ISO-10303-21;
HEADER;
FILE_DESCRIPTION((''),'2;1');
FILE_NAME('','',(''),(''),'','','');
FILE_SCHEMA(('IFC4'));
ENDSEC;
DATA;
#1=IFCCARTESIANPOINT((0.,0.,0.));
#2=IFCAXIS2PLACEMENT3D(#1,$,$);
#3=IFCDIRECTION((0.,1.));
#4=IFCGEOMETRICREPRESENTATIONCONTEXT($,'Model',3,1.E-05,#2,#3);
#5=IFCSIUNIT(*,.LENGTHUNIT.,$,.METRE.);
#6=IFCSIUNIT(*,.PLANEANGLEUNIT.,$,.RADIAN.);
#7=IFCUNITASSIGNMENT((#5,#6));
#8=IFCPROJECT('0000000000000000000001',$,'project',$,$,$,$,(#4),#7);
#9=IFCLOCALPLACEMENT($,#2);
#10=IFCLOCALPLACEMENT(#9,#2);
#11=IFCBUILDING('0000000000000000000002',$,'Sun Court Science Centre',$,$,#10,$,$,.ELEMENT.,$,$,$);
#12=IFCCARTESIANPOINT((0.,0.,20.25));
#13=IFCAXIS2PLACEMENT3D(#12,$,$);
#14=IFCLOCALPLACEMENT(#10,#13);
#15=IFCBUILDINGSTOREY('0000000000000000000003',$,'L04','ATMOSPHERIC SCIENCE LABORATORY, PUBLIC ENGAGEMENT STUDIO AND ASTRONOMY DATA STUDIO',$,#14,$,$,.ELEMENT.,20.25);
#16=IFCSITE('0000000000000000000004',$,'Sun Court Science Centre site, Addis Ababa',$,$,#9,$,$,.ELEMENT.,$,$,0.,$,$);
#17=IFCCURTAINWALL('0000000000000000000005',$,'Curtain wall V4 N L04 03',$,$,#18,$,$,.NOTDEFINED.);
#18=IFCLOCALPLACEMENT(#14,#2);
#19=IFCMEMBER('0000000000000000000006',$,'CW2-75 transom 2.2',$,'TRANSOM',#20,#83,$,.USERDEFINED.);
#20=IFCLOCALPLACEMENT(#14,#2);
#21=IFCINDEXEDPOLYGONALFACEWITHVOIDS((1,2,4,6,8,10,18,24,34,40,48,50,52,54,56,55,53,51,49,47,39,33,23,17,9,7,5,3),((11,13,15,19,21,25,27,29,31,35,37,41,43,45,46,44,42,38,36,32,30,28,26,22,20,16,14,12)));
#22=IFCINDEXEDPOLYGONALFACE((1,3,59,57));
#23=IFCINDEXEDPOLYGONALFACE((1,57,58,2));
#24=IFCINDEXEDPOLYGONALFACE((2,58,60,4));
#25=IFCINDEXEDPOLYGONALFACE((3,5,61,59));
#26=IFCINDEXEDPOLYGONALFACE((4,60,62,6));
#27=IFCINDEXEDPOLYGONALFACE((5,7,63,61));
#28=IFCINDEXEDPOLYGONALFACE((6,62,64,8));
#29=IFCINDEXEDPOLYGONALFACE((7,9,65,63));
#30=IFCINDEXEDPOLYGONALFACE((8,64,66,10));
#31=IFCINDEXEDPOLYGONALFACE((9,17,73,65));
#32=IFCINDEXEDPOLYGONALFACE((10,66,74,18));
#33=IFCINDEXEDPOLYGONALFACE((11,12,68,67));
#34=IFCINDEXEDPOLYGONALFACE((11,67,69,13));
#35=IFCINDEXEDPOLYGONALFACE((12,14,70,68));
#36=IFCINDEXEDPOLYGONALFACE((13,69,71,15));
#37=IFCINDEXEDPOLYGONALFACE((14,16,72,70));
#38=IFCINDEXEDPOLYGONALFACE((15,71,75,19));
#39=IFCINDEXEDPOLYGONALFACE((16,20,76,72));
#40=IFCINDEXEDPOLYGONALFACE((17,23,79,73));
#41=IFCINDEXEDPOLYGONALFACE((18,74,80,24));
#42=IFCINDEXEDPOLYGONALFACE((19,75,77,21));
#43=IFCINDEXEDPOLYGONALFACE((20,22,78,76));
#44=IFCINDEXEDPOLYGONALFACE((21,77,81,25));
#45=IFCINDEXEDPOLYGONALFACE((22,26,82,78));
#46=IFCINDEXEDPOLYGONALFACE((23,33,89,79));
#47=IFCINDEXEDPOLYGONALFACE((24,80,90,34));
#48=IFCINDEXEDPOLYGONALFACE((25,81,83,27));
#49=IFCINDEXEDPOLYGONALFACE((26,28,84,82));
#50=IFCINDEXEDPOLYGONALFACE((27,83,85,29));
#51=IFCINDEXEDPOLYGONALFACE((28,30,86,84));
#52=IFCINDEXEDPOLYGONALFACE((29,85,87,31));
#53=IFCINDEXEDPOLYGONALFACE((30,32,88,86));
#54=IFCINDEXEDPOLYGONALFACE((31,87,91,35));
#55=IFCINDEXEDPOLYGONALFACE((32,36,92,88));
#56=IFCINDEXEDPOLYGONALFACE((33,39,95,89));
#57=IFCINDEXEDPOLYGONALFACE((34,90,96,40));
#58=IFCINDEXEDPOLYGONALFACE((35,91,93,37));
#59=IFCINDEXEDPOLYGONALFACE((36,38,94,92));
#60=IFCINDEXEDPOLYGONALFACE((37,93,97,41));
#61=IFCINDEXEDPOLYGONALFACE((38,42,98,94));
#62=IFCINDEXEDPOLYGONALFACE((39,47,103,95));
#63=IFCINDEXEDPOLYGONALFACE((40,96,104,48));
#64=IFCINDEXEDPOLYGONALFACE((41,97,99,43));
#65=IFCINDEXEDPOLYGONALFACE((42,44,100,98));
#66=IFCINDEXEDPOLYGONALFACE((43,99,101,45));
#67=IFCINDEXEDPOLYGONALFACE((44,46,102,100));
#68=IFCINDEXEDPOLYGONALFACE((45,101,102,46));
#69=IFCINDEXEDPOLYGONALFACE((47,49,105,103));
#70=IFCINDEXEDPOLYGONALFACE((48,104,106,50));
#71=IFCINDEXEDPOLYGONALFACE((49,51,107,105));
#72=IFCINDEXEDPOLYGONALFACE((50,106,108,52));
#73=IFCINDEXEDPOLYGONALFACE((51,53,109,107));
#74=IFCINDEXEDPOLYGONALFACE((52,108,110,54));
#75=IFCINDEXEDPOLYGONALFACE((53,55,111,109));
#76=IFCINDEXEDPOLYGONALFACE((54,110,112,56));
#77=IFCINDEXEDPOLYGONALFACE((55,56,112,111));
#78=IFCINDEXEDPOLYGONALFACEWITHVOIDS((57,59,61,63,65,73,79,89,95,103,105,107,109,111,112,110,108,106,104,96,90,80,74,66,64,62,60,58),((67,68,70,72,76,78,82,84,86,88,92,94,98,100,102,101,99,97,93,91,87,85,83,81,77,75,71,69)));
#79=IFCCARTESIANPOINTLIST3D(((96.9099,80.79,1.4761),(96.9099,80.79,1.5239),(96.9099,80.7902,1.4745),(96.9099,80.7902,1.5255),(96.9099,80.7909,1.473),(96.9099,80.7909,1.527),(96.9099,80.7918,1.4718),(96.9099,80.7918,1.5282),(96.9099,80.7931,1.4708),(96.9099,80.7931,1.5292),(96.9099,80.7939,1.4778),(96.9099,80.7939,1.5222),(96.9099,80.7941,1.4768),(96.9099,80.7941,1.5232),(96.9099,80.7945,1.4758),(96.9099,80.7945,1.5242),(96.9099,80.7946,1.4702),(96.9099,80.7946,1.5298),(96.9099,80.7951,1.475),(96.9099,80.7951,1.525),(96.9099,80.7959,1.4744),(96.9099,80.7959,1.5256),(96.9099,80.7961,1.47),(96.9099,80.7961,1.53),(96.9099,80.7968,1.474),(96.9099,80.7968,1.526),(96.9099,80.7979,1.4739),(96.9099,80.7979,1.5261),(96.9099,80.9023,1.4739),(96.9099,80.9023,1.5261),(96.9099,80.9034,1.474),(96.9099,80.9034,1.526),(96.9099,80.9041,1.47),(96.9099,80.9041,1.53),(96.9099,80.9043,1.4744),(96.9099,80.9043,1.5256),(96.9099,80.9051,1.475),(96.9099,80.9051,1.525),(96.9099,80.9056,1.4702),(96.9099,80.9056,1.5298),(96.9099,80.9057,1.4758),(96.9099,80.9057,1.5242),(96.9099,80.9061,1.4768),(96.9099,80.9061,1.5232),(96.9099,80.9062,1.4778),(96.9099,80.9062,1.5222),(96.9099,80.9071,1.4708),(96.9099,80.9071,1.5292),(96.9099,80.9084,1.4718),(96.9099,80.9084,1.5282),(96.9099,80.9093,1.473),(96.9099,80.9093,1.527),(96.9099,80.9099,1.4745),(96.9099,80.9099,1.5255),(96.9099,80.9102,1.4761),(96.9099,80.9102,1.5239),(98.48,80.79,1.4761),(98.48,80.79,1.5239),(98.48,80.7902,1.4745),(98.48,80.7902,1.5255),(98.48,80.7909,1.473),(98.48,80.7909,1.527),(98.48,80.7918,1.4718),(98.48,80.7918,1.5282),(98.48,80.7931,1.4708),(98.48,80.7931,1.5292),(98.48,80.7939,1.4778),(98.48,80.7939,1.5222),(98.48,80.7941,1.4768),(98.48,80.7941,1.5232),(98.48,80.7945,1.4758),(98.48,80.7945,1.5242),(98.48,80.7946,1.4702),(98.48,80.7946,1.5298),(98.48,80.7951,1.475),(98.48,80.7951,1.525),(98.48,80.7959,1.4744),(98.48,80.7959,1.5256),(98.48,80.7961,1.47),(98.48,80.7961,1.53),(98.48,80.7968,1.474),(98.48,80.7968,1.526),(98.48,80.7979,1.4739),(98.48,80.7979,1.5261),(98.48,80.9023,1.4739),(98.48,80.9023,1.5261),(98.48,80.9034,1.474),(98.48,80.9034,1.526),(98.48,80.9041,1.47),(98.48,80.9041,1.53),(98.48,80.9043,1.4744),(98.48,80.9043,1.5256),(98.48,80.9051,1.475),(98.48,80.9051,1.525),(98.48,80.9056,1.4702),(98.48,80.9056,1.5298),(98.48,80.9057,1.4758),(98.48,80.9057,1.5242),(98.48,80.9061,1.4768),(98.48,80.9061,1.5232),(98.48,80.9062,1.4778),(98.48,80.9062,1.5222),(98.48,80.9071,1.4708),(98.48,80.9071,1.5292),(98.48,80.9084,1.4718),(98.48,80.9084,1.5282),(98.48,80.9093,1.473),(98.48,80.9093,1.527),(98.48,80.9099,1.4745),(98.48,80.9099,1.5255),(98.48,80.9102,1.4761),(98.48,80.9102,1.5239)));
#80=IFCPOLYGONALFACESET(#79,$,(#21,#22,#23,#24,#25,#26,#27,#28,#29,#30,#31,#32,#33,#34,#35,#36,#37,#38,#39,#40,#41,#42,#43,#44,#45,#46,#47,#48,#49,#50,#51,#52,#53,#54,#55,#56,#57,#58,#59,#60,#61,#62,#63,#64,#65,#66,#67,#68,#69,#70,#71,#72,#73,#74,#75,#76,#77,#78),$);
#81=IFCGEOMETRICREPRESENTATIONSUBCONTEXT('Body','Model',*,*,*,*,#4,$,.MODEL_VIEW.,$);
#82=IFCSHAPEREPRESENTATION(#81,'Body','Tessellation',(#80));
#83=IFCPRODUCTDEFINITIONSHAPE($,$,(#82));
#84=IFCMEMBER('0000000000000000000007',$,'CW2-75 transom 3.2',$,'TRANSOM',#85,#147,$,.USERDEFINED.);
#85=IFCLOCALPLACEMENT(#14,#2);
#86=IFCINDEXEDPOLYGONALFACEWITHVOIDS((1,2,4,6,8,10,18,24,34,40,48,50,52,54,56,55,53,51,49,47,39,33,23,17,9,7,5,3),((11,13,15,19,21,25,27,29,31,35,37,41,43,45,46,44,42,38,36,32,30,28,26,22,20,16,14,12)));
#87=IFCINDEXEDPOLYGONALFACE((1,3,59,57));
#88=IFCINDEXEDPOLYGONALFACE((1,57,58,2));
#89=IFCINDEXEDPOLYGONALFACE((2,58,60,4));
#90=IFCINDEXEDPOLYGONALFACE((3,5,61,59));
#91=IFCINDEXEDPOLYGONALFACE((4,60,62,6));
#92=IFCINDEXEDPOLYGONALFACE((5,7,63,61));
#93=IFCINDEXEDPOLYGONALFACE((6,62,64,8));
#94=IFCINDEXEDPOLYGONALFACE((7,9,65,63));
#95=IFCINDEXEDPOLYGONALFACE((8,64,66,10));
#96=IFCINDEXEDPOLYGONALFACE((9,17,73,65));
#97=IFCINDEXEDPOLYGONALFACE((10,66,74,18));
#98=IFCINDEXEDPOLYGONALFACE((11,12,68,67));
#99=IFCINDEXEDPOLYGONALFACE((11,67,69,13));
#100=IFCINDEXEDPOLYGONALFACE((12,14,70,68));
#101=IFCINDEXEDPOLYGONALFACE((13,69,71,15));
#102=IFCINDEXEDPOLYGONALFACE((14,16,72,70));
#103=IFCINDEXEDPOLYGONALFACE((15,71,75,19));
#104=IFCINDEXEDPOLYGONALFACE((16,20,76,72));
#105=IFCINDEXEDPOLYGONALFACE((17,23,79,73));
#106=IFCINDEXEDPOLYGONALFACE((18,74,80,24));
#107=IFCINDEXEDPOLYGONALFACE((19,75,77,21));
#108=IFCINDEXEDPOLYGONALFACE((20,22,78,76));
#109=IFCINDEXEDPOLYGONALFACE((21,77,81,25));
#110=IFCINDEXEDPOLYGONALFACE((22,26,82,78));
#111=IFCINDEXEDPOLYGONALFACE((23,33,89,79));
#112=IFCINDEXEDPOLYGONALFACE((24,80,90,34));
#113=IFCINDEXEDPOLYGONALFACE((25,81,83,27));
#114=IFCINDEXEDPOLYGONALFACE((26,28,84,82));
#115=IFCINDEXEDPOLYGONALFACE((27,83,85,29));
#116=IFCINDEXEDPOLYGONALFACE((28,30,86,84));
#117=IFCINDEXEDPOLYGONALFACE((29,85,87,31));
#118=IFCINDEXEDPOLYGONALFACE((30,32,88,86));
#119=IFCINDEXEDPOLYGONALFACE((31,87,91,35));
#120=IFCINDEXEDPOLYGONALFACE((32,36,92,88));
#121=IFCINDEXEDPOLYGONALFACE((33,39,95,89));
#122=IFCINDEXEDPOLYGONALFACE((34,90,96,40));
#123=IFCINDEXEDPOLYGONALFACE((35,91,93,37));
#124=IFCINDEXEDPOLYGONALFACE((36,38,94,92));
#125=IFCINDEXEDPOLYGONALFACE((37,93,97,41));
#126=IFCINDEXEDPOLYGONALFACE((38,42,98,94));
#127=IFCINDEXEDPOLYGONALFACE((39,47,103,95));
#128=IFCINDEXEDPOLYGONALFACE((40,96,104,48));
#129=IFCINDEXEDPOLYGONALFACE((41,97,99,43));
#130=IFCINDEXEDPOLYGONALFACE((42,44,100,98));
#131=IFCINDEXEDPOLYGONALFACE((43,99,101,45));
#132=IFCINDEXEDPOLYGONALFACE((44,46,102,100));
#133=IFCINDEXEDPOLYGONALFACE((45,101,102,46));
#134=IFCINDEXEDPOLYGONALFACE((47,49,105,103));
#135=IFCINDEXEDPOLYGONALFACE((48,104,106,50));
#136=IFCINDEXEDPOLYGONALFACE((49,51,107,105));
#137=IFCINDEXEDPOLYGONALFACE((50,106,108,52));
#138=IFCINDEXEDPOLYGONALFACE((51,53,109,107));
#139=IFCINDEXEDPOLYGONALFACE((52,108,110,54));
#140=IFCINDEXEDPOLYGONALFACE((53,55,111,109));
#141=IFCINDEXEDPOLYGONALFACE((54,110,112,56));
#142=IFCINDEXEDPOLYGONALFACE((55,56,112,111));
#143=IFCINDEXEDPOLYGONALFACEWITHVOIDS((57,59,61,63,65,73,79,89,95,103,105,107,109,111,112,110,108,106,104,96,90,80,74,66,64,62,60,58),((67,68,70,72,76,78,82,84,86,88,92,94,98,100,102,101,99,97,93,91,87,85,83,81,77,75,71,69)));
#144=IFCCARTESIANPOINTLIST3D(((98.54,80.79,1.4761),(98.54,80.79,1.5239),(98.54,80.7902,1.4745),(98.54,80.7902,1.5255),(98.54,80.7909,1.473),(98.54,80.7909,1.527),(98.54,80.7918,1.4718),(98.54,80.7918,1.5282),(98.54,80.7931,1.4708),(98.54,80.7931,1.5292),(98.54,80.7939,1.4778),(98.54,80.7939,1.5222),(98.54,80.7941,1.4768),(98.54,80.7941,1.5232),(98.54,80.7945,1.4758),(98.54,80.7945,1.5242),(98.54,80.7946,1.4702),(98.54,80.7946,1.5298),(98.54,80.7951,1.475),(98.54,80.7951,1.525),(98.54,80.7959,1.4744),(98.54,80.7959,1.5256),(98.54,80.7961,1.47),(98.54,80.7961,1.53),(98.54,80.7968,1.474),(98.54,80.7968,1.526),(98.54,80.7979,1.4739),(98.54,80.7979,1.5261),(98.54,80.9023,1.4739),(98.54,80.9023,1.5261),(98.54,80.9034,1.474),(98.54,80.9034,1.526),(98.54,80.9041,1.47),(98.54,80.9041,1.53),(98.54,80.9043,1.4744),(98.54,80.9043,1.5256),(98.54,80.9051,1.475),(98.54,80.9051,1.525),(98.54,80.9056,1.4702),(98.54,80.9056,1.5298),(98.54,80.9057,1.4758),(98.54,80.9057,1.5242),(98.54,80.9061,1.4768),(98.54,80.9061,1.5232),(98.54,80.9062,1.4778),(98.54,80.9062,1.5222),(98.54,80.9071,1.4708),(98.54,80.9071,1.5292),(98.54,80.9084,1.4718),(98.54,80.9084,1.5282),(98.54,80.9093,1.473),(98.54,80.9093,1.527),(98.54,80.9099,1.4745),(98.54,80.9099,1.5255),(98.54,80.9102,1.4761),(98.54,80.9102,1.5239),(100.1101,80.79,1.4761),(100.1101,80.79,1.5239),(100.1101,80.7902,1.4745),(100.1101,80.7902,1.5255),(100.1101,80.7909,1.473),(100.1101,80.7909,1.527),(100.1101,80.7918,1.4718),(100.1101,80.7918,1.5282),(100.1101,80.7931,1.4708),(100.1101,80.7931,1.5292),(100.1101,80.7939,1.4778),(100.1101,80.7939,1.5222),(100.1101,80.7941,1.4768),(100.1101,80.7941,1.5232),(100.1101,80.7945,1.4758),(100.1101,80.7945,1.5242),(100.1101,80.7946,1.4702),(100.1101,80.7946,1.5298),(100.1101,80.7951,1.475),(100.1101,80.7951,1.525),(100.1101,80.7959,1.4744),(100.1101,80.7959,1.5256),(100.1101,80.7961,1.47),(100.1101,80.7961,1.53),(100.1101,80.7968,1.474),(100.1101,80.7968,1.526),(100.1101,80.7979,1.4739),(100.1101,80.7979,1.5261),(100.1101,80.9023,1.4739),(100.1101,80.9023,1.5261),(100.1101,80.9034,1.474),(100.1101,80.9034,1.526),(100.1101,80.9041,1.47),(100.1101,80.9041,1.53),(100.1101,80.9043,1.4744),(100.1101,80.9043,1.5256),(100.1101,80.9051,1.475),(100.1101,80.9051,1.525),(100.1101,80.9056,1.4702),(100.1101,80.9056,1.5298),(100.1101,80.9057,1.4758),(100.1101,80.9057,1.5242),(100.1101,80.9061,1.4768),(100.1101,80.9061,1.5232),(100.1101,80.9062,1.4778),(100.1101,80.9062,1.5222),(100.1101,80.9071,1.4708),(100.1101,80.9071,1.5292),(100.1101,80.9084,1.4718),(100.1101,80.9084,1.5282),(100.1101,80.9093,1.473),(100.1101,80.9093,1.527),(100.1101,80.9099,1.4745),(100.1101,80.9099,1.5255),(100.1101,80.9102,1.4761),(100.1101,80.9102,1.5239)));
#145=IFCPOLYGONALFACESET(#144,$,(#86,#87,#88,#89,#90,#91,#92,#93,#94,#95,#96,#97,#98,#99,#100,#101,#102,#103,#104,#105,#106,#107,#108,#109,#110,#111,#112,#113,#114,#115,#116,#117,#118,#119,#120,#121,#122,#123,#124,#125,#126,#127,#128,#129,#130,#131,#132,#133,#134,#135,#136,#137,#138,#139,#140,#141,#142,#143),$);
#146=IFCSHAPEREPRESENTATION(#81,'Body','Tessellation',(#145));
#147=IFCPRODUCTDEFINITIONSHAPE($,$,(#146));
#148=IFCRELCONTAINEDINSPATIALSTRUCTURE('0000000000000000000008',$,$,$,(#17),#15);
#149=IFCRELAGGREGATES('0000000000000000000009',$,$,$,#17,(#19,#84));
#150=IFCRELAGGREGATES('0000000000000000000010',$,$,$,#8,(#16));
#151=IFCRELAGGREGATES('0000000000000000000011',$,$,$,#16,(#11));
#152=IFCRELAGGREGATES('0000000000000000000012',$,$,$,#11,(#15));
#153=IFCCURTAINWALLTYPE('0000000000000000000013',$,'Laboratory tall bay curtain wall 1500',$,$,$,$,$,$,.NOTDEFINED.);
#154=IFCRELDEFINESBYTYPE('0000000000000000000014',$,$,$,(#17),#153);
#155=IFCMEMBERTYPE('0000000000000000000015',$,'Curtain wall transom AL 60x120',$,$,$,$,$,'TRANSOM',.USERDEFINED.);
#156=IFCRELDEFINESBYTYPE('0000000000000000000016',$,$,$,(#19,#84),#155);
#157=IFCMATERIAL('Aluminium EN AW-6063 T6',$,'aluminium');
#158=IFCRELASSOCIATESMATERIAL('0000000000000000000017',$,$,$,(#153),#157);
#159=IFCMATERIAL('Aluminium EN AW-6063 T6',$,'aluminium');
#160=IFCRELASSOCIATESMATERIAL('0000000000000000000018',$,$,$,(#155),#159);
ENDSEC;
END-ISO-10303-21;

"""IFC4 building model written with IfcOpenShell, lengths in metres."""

from ifc_helpers import new_model, si_unit, direction, frame, origin, origin_2d, place, context, subcontext, project, spatial, hollow_rectangle, extrude, material, material_profile, profile_set, type_object, element, aggregate, save


model = new_model("IFC4")

# Units and contexts
model_context = context("Model", 3, precision=1e-05, world=origin(), true_north=direction((0.0, 1.0)))
body_context = subcontext(model_context, "Body", "Model", "MODEL_VIEW")
ifc_project = project(units=[si_unit("LENGTHUNIT", "METRE"), si_unit("PLANEANGLEUNIT", "RADIAN")], contexts=[model_context])

# Site, building, storey
site_placement = place(None, origin())
site = spatial("IfcSite", under=ifc_project, at=site_placement, Name="Sun Court Science Centre site, Addis Ababa", CompositionType="ELEMENT", RefElevation=0.0)
building_placement = place(site_placement, origin())
building = spatial("IfcBuilding", under=site, at=building_placement, Name="Sun Court Science Centre", CompositionType="ELEMENT")
storey_placement = place(building_placement, frame((0.0, 0.0, 20.25)))
storey = spatial("IfcBuildingStorey", under=building, at=storey_placement, Name="L04", Description="ATMOSPHERIC SCIENCE LABORATORY, PUBLIC ENGAGEMENT STUDIO AND ASTRONOMY DATA STUDIO", CompositionType="ELEMENT", Elevation=20.25)

# Curtain wall, members
ifc_material_1 = material(Name="Aluminium EN AW-6063 T6", Category="aluminium")
curtain_wall_type = type_object("IfcCurtainWallType", Name="Laboratory tall bay curtain wall 1500", PredefinedType="NOTDEFINED", material=ifc_material_1)
curtain_wall_placement = place(storey_placement, origin())
curtain_wall = element("IfcCurtainWall", 1, at=curtain_wall_placement, inside=storey, type_object=curtain_wall_type, Name="Curtain wall V4 N L04 03", PredefinedType="NOTDEFINED")
ifc_material_2 = material(Name="Aluminium EN AW-6063 T6", Category="aluminium")
ifc_material_profile_1 = material_profile(ifc_material_2, hollow_rectangle(XDim=0.0601, YDim=0.1201, WallThickness=0.0039, InnerFilletRadius=0.0039, OuterFilletRadius=0.0061, at=origin_2d()), Name="AL 60x120x4")
ifc_profile_set_1 = profile_set([ifc_material_profile_1], Name="Aluminium EN AW-6063 T6")
member_type_1 = type_object("IfcMemberType", Name="Curtain wall transom AL 60x120", ElementType="TRANSOM", PredefinedType="USERDEFINED", material=ifc_profile_set_1)
member_1_placement = place(storey_placement, frame((96.9099, 80.8501, 1.5), z_axis=(1.0, 0.0, 0.0), x_axis=(0.0, 0.0, 1.0)))
member_1 = element("IfcMember", 2, at=member_1_placement, type_object=member_type_1, Name="CW2-75 transom 2.2", ObjectType="TRANSOM", PredefinedType="USERDEFINED", context=body_context, shape_type="SweptSolid", body=[
    extrude(hollow_rectangle(XDim=0.0601, YDim=0.1201, WallThickness=0.0039, InnerFilletRadius=0.0039, OuterFilletRadius=0.0061, at=origin_2d()), origin(), (0.0, 0.0, 1.0), 1.5701),
])
member_2_placement = place(storey_placement, frame((98.54, 80.8501, 1.5), z_axis=(1.0, 0.0, 0.0), x_axis=(0.0, 0.0, 1.0)))
member_2 = element("IfcMember", 3, at=member_2_placement, type_object=member_type_1, Name="CW2-75 transom 3.2", ObjectType="TRANSOM", PredefinedType="USERDEFINED", context=body_context, shape_type="SweptSolid", body=[
    extrude(hollow_rectangle(XDim=0.0601, YDim=0.1201, WallThickness=0.0039, InnerFilletRadius=0.0039, OuterFilletRadius=0.0061, at=origin_2d()), origin(), (0.0, 0.0, 1.0), 1.5701),
])

aggregate(curtain_wall, [member_1, member_2])

save(model, "model.ifc")
